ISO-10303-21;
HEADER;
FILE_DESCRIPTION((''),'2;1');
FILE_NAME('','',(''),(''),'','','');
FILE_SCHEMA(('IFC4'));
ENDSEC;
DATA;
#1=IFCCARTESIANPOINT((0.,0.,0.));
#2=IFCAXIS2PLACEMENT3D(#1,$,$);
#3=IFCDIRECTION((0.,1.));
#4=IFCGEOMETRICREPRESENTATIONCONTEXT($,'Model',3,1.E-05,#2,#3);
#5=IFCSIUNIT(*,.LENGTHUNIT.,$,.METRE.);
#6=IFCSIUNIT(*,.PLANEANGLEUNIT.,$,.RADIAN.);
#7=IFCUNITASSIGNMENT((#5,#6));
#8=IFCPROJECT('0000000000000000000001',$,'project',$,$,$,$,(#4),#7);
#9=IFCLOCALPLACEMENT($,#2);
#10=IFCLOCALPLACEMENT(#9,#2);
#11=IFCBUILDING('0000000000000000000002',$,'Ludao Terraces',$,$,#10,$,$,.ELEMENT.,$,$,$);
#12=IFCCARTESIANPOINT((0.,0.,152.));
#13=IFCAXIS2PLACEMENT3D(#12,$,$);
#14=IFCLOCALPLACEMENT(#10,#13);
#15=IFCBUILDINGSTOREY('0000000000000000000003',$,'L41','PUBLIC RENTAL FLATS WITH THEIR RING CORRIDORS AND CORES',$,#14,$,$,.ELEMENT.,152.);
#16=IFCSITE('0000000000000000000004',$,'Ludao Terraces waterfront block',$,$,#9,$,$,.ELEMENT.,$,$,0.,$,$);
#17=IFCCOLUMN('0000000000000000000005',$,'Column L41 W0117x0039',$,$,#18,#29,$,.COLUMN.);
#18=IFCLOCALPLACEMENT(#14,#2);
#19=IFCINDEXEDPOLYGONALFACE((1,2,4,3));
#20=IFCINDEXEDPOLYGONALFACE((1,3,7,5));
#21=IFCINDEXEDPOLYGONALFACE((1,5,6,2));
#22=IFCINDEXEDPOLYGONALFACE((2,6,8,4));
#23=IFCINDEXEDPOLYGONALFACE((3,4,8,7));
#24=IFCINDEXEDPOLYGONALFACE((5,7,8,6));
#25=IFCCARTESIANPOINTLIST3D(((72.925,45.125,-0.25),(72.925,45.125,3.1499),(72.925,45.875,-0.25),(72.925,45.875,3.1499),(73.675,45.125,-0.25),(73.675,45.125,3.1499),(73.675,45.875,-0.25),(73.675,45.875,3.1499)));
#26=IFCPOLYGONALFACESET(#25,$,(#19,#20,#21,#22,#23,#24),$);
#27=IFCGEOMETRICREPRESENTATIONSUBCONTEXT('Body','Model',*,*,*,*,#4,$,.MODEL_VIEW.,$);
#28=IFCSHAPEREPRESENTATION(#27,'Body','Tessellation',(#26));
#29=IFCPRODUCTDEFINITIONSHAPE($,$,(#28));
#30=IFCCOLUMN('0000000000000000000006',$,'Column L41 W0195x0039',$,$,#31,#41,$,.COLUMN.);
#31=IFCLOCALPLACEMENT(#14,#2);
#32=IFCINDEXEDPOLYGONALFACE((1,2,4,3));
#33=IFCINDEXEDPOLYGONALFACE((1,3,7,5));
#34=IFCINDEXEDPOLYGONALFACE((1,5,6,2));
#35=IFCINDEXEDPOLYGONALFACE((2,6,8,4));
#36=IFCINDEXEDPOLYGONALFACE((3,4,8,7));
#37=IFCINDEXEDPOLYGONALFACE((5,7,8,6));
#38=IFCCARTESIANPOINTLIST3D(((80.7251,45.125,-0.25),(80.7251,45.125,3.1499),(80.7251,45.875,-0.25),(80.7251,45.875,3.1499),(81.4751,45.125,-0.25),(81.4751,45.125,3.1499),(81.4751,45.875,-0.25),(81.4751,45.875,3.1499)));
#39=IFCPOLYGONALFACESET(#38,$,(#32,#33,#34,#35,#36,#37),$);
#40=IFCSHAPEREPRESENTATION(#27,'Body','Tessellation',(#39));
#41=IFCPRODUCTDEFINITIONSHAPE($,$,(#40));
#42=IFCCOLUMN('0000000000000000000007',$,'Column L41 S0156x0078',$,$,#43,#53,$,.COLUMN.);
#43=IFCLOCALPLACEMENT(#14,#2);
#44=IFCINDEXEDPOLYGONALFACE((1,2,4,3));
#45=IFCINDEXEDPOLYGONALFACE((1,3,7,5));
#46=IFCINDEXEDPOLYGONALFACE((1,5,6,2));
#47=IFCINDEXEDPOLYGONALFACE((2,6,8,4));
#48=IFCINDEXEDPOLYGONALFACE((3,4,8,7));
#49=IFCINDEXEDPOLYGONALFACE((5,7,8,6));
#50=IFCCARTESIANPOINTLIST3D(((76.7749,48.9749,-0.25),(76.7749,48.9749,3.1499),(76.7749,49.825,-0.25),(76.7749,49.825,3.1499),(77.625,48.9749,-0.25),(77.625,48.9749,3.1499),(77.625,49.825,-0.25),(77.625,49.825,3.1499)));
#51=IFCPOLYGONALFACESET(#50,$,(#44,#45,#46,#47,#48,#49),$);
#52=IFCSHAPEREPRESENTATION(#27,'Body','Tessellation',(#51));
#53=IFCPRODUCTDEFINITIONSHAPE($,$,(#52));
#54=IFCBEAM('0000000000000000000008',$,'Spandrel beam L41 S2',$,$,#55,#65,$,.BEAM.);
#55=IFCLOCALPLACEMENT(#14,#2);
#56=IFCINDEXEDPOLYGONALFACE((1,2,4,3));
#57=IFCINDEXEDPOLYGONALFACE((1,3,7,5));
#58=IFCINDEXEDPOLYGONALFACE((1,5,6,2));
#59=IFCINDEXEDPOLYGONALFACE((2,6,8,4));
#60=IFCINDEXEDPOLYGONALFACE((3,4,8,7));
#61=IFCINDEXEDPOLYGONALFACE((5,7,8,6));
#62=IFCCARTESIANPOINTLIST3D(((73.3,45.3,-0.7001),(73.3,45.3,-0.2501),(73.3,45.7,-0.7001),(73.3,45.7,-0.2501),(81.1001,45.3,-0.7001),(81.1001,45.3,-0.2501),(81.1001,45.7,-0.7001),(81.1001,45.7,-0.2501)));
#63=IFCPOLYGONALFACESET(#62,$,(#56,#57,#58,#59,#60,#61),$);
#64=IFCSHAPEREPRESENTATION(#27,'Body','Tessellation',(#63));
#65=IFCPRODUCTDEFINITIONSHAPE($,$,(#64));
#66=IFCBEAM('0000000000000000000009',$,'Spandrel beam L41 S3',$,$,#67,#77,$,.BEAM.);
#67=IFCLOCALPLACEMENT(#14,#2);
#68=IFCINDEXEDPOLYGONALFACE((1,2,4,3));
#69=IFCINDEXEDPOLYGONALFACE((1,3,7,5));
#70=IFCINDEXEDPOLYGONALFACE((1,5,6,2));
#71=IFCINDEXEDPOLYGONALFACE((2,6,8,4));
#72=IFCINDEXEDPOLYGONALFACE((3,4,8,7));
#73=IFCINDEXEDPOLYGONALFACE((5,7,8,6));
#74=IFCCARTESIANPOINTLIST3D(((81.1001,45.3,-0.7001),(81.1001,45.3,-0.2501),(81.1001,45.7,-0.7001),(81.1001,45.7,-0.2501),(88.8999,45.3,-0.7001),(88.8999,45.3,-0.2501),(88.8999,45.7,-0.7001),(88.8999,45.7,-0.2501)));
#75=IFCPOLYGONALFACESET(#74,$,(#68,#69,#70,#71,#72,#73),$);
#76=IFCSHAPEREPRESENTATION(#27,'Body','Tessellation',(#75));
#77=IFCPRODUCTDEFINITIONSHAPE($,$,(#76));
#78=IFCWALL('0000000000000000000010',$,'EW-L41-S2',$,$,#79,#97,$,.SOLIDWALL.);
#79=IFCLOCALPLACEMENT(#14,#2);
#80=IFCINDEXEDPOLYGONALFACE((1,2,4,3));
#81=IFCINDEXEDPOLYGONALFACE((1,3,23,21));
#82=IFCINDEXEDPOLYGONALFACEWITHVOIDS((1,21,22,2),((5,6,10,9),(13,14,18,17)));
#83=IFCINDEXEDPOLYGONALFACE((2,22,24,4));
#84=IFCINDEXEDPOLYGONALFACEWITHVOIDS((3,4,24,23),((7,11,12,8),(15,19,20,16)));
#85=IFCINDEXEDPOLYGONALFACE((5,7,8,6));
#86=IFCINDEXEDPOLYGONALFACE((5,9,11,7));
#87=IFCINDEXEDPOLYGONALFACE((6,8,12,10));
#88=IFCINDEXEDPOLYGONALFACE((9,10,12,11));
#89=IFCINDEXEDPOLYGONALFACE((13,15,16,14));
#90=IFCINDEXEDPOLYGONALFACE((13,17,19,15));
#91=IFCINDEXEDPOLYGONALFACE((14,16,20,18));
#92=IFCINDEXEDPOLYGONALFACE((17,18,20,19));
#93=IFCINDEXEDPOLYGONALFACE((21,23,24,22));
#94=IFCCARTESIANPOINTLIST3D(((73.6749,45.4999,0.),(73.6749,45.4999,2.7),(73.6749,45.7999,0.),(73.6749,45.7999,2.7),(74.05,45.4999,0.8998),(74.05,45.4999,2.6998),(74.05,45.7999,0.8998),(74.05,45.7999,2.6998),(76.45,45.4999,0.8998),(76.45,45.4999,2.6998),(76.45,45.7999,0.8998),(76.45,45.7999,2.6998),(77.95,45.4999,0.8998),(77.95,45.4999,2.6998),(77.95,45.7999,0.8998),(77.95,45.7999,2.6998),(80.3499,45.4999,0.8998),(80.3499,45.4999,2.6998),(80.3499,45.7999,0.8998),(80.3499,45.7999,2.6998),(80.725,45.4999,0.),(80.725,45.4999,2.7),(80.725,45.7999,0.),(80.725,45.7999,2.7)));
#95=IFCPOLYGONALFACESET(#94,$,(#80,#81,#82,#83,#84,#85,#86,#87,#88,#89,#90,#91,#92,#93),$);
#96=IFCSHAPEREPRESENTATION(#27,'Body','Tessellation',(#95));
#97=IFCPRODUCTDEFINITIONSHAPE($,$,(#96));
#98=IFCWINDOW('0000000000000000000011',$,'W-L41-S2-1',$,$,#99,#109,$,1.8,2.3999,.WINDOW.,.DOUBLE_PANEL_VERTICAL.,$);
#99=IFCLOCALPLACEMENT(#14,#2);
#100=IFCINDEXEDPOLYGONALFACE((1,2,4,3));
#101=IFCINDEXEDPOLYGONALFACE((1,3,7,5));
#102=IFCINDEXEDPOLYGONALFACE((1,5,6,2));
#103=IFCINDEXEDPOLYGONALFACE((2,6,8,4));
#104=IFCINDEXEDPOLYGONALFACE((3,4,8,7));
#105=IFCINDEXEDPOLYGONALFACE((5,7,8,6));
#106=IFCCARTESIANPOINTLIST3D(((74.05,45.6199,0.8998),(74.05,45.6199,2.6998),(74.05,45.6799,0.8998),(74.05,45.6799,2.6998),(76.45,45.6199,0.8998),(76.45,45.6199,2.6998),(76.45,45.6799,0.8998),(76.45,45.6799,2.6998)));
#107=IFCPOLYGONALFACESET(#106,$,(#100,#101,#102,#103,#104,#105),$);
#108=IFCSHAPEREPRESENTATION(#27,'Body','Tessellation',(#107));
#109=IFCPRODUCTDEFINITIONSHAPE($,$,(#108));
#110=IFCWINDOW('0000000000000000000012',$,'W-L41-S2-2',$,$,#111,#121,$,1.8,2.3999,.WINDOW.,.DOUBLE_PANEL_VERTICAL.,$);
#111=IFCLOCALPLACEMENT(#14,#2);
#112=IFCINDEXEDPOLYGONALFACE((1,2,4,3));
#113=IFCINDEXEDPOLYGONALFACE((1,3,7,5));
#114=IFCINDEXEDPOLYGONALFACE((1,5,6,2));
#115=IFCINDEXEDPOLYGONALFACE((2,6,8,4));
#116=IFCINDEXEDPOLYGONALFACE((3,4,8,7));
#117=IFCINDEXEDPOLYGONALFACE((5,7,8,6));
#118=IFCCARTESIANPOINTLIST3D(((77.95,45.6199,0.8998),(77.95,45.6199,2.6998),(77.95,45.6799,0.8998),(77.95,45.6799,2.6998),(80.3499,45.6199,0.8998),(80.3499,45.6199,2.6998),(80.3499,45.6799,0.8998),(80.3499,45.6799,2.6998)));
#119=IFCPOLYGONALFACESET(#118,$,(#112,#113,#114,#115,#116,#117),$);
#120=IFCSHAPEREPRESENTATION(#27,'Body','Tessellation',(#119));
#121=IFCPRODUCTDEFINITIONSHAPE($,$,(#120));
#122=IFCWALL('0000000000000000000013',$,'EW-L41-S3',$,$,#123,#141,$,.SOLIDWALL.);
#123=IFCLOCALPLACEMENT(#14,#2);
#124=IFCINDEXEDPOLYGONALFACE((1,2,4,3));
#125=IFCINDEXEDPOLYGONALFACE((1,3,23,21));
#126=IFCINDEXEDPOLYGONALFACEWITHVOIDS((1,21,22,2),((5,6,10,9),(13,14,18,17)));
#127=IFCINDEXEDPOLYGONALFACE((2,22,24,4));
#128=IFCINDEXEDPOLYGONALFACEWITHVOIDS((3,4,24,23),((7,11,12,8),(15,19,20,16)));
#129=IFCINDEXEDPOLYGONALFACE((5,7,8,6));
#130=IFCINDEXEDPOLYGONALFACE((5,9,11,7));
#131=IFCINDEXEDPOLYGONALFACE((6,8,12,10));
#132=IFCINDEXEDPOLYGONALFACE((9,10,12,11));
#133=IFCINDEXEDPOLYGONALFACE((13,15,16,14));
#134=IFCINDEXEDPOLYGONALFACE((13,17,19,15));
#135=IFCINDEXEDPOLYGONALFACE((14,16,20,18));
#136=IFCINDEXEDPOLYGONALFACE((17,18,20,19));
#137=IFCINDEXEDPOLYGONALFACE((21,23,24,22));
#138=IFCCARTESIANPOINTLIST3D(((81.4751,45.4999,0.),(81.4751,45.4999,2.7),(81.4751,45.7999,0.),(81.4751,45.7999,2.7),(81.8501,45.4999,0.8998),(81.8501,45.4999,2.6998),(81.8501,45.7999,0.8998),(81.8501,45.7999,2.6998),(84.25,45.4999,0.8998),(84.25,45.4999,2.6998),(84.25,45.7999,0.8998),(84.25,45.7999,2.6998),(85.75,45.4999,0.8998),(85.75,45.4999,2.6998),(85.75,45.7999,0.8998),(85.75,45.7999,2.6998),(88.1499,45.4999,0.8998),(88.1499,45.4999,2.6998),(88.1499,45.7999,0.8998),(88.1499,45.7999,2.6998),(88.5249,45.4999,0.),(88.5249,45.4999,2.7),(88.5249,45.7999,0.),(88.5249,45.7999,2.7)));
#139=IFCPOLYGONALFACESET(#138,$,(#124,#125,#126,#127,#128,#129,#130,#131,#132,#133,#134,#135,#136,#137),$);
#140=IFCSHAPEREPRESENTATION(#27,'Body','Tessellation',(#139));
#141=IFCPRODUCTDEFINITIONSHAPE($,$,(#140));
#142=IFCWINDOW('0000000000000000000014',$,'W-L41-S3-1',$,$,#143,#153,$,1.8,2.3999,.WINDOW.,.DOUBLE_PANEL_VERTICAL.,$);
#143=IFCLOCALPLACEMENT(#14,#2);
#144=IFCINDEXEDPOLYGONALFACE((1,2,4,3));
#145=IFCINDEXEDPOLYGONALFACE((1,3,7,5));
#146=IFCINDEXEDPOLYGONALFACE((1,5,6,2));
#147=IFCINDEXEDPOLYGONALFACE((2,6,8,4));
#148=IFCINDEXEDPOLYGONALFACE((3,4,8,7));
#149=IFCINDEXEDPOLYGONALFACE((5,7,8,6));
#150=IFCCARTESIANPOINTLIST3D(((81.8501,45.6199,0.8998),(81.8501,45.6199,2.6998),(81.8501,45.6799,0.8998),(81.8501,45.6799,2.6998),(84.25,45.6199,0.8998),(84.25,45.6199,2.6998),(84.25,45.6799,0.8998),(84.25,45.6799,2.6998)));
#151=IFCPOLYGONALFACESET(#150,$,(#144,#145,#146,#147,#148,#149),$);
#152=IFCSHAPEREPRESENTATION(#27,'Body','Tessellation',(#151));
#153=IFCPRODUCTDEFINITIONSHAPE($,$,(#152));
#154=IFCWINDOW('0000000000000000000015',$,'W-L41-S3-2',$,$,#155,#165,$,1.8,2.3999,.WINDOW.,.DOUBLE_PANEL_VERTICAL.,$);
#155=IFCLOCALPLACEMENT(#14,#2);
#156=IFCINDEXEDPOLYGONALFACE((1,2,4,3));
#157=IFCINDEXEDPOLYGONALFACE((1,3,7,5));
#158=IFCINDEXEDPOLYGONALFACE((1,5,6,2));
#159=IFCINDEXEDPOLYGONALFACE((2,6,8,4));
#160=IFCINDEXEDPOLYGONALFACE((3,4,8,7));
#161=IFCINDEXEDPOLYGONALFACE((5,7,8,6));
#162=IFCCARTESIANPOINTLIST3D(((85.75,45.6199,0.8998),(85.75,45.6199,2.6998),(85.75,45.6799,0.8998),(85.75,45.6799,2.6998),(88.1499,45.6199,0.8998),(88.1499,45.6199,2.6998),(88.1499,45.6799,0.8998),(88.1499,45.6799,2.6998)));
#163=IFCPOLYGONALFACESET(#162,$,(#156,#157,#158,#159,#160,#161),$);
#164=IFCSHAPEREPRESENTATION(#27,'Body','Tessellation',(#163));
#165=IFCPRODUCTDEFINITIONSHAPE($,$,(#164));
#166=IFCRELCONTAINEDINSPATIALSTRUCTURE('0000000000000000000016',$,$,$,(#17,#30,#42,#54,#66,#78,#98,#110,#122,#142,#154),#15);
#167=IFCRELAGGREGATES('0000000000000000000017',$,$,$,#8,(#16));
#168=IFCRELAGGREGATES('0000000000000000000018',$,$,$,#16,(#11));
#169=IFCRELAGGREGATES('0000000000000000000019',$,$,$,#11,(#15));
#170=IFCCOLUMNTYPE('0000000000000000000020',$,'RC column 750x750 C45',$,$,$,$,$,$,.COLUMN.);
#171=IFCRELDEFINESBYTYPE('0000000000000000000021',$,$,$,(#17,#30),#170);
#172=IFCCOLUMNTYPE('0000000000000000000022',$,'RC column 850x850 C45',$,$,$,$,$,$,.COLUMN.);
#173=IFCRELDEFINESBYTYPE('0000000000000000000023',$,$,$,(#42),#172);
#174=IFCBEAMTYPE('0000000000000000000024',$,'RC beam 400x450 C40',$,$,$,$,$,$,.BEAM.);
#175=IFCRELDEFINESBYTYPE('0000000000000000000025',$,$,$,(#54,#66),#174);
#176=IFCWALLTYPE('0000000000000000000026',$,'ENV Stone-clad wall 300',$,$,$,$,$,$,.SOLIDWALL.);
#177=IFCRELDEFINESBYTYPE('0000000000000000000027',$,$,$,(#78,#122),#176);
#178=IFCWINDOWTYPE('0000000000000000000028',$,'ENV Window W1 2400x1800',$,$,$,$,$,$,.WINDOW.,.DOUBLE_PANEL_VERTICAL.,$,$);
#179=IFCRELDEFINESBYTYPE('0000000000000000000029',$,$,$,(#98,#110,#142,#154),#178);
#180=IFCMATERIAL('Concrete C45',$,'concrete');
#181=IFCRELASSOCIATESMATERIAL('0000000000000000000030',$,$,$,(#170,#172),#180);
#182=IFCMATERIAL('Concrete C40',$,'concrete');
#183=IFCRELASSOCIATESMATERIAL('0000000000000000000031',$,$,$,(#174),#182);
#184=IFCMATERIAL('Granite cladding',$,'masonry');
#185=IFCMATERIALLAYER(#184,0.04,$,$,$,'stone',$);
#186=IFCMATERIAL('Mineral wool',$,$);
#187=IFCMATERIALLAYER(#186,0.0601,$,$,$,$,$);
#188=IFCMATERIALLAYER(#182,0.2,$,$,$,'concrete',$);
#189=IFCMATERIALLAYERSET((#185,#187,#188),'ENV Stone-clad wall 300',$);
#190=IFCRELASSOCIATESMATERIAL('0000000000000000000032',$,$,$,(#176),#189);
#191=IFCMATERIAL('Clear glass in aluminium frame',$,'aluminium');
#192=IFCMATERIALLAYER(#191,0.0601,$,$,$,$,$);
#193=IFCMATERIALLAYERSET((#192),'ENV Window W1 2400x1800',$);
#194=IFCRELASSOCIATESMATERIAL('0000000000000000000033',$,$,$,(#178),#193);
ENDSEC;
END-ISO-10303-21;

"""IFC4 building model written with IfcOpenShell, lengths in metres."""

from ifc_helpers import new_model, si_unit, direction, frame, frame_2d, origin, origin_2d, place, context, subcontext, project, spatial, rectangle, extrude, material, layer, layer_set, material_profile, profile_set, type_object, element, fill, save


model = new_model("IFC4")

# Units and contexts
model_context = context("Model", 3, precision=1e-05, world=origin(), true_north=direction((0.0, 1.0)))
body_context = subcontext(model_context, "Body", "Model", "MODEL_VIEW")
ifc_project = project(units=[si_unit("LENGTHUNIT", "METRE"), si_unit("PLANEANGLEUNIT", "RADIAN")], contexts=[model_context])

# Site, building, storey
site_placement = place(None, origin())
site = spatial("IfcSite", under=ifc_project, at=site_placement, Name="Ludao Terraces waterfront block", CompositionType="ELEMENT", RefElevation=0.0)
building_placement = place(site_placement, origin())
building = spatial("IfcBuilding", under=site, at=building_placement, Name="Ludao Terraces", CompositionType="ELEMENT")
storey_placement = place(building_placement, frame((0.0, 0.0, 152.0)))
storey = spatial("IfcBuildingStorey", under=building, at=storey_placement, Name="L41", Description="PUBLIC RENTAL FLATS WITH THEIR RING CORRIDORS AND CORES", CompositionType="ELEMENT", Elevation=152.0)

# Columns
ifc_material_1 = material(Name="Concrete C45", Category="concrete")
ifc_material_profile_1 = material_profile(ifc_material_1, rectangle(XDim=0.75, YDim=0.75, at=origin_2d()), Name="750 X 750")
ifc_profile_set_1 = profile_set([ifc_material_profile_1], Name="Concrete C45")
column_type_1 = type_object("IfcColumnType", Name="RC column 750x750 C45", PredefinedType="COLUMN", material=ifc_profile_set_1)
for number, where, z_axis, x_axis, name in (
    (1, (73.3, 45.5, -0.25), (0.0, 0.0, 1.0), (1.0, 0.0, 0.0), "Column L41 W0117x0039"),
    (2, (81.1001, 45.5, -0.25), (0.0, 0.0, 1.0), (1.0, 0.0, 0.0), "Column L41 W0195x0039"),
):
    element("IfcColumn", number, at=place(storey_placement, frame(where, z_axis=z_axis, x_axis=x_axis)), inside=storey, type_object=column_type_1, Name=name, PredefinedType="COLUMN", context=body_context, shape_type="SweptSolid", body=[
        extrude(rectangle(XDim=0.75, YDim=0.75, at=origin_2d()), origin(), (0.0, 0.0, 1.0), 3.3999),
    ])
ifc_material_profile_2 = material_profile(ifc_material_1, rectangle(XDim=0.8501, YDim=0.8501, at=origin_2d()), Name="850 X 850")
ifc_profile_set_2 = profile_set([ifc_material_profile_2], Name="Concrete C45")
column_type_2 = type_object("IfcColumnType", Name="RC column 850x850 C45", PredefinedType="COLUMN", material=ifc_profile_set_2)
column_placement = place(storey_placement, frame((77.2, 49.3999, -0.25), z_axis=(0.0, 0.0, 1.0), x_axis=(1.0, 0.0, 0.0)))
element("IfcColumn", 3, at=column_placement, inside=storey, type_object=column_type_2, Name="Column L41 S0156x0078", PredefinedType="COLUMN", context=body_context, shape_type="SweptSolid", body=[
    extrude(rectangle(XDim=0.8501, YDim=0.8501, at=origin_2d()), origin(), (0.0, 0.0, 1.0), 3.3999),
])

# Beams
ifc_material_2 = material(Name="Concrete C40", Category="concrete")
ifc_material_profile_3 = material_profile(ifc_material_2, rectangle(XDim=0.3999, YDim=0.45, at=origin_2d()), Name="400 X 450")
ifc_profile_set_3 = profile_set([ifc_material_profile_3], Name="Concrete C40")
beam_type = type_object("IfcBeamType", Name="RC beam 400x450 C40", PredefinedType="BEAM", material=ifc_profile_set_3)
beam_1_placement = place(storey_placement, frame((73.3, 45.5, -0.4751), z_axis=(1.0, 0.0, 0.0), x_axis=(0.0, 1.0, 0.0)))
element("IfcBeam", 4, at=beam_1_placement, inside=storey, type_object=beam_type, Name="Spandrel beam L41 S2", PredefinedType="BEAM", context=body_context, shape_type="SweptSolid", body=[
    extrude(rectangle(XDim=0.3999, YDim=0.45, at=origin_2d()), origin(), (0.0, 0.0, 1.0), 7.8),
])
beam_2_placement = place(storey_placement, frame((81.1001, 45.5, -0.4751), z_axis=(1.0, 0.0, 0.0), x_axis=(0.0, 1.0, 0.0)))
element("IfcBeam", 5, at=beam_2_placement, inside=storey, type_object=beam_type, Name="Spandrel beam L41 S3", PredefinedType="BEAM", context=body_context, shape_type="SweptSolid", body=[
    extrude(rectangle(XDim=0.3999, YDim=0.45, at=origin_2d()), origin(), (0.0, 0.0, 1.0), 7.7998),
])

# Walls, openings, windows
ifc_material_3 = material(Name="Granite cladding", Category="masonry")
ifc_layer_1 = layer(ifc_material_3, 0.04, Category="stone")
ifc_material_4 = material(Name="Mineral wool")
ifc_layer_2 = layer(ifc_material_4, 0.0601)
ifc_layer_3 = layer(ifc_material_2, 0.2, Category="concrete")
ifc_layer_set_1 = layer_set([ifc_layer_1, ifc_layer_2, ifc_layer_3], Name="ENV Stone-clad wall 300")
wall_type_1 = type_object("IfcWallType", Name="ENV Stone-clad wall 300", PredefinedType="SOLIDWALL", material=ifc_layer_set_1)
wall_1_placement = place(storey_placement, frame((73.675, 45.6499, 0.0), z_axis=(0.0, 0.0, 1.0), x_axis=(1.0, 0.0, 0.0)))
wall_1 = element("IfcWall", 6, at=wall_1_placement, inside=storey, type_object=wall_type_1, Name="EW-L41-S2", PredefinedType="SOLIDWALL", context=body_context, shape_type="SweptSolid", body=[
    extrude(rectangle(XDim=7.05, YDim=0.3, at=frame_2d((3.5249, 0.0))), origin(), (0.0, 0.0, 1.0), 2.7),
])
opening_1_placement = place(wall_1_placement, frame((0.375, 0.0, 0.8999)))
opening_1 = element("IfcOpeningElement", 7, at=opening_1_placement, cuts=wall_1, PredefinedType="OPENING", context=body_context, shape_type="SweptSolid", body=[
    extrude(rectangle(XDim=2.3999, YDim=1.8, at=frame_2d((1.2, 0.8999))), frame((0.0, 0.1602, 0.0), z_axis=(0.0, -1.0, 0.0), x_axis=(1.0, 0.0, 0.0)), (0.0, 0.0, 1.0), 0.3201),
])
opening_2_placement = place(wall_1_placement, frame((4.2749, 0.0, 0.8999)))
opening_2 = element("IfcOpeningElement", 8, at=opening_2_placement, cuts=wall_1, PredefinedType="OPENING", context=body_context, shape_type="SweptSolid", body=[
    extrude(rectangle(XDim=2.3999, YDim=1.8, at=frame_2d((1.2, 0.8999))), frame((0.0, 0.1602, 0.0), z_axis=(0.0, -1.0, 0.0), x_axis=(1.0, 0.0, 0.0)), (0.0, 0.0, 1.0), 0.3201),
])
ifc_material_5 = material(Name="Clear glass in aluminium frame", Category="aluminium")
ifc_layer_4 = layer(ifc_material_5, 0.0601)
ifc_layer_set_2 = layer_set([ifc_layer_4], Name="ENV Window W1 2400x1800")
window_type = type_object("IfcWindowType", Name="ENV Window W1 2400x1800", PartitioningType="DOUBLE_PANEL_VERTICAL", PredefinedType="WINDOW", material=ifc_layer_set_2)
window_1_placement = place(opening_1_placement, origin())
window_1 = element("IfcWindow", 9, at=window_1_placement, inside=storey, type_object=window_type, Name="W-L41-S2-1", OverallHeight=1.8, OverallWidth=2.3999, PartitioningType="DOUBLE_PANEL_VERTICAL", PredefinedType="WINDOW", context=body_context, shape_type="SweptSolid", body=[
    extrude(rectangle(XDim=2.3999, YDim=1.8, at=frame_2d((1.2, 0.8999))), frame((0.0, 0.03, 0.0), z_axis=(0.0, -1.0, 0.0), x_axis=(1.0, 0.0, 0.0)), (0.0, 0.0, 1.0), 0.0601),
])
fill(opening_1, window_1)
window_2_placement = place(opening_2_placement, origin())
window_2 = element("IfcWindow", 10, at=window_2_placement, inside=storey, type_object=window_type, Name="W-L41-S2-2", OverallHeight=1.8, OverallWidth=2.3999, PartitioningType="DOUBLE_PANEL_VERTICAL", PredefinedType="WINDOW", context=body_context, shape_type="SweptSolid", body=[
    extrude(rectangle(XDim=2.3999, YDim=1.8, at=frame_2d((1.2, 0.8999))), frame((0.0, 0.03, 0.0), z_axis=(0.0, -1.0, 0.0), x_axis=(1.0, 0.0, 0.0)), (0.0, 0.0, 1.0), 0.0601),
])
fill(opening_2, window_2)
wall_2_placement = place(storey_placement, frame((81.4751, 45.6499, 0.0), z_axis=(0.0, 0.0, 1.0), x_axis=(1.0, 0.0, 0.0)))
wall_2 = element("IfcWall", 11, at=wall_2_placement, inside=storey, type_object=wall_type_1, Name="EW-L41-S3", PredefinedType="SOLIDWALL", context=body_context, shape_type="SweptSolid", body=[
    extrude(rectangle(XDim=7.0498, YDim=0.3, at=frame_2d((3.5249, 0.0))), origin(), (0.0, 0.0, 1.0), 2.7),
])
opening_3_placement = place(wall_2_placement, frame((0.375, 0.0, 0.8999)))
opening_3 = element("IfcOpeningElement", 12, at=opening_3_placement, cuts=wall_2, PredefinedType="OPENING", context=body_context, shape_type="SweptSolid", body=[
    extrude(rectangle(XDim=2.3999, YDim=1.8, at=frame_2d((1.2, 0.8999))), frame((0.0, 0.1602, 0.0), z_axis=(0.0, -1.0, 0.0), x_axis=(1.0, 0.0, 0.0)), (0.0, 0.0, 1.0), 0.3201),
])
opening_4_placement = place(wall_2_placement, frame((4.2749, 0.0, 0.8999)))
opening_4 = element("IfcOpeningElement", 13, at=opening_4_placement, cuts=wall_2, PredefinedType="OPENING", context=body_context, shape_type="SweptSolid", body=[
    extrude(rectangle(XDim=2.3999, YDim=1.8, at=frame_2d((1.2, 0.8999))), frame((0.0, 0.1602, 0.0), z_axis=(0.0, -1.0, 0.0), x_axis=(1.0, 0.0, 0.0)), (0.0, 0.0, 1.0), 0.3201),
])
window_3_placement = place(opening_3_placement, origin())
window_3 = element("IfcWindow", 14, at=window_3_placement, inside=storey, type_object=window_type, Name="W-L41-S3-1", OverallHeight=1.8, OverallWidth=2.3999, PartitioningType="DOUBLE_PANEL_VERTICAL", PredefinedType="WINDOW", context=body_context, shape_type="SweptSolid", body=[
    extrude(rectangle(XDim=2.3999, YDim=1.8, at=frame_2d((1.2, 0.8999))), frame((0.0, 0.03, 0.0), z_axis=(0.0, -1.0, 0.0), x_axis=(1.0, 0.0, 0.0)), (0.0, 0.0, 1.0), 0.0601),
])
fill(opening_3, window_3)
window_4_placement = place(opening_4_placement, origin())
window_4 = element("IfcWindow", 15, at=window_4_placement, inside=storey, type_object=window_type, Name="W-L41-S3-2", OverallHeight=1.8, OverallWidth=2.3999, PartitioningType="DOUBLE_PANEL_VERTICAL", PredefinedType="WINDOW", context=body_context, shape_type="SweptSolid", body=[
    extrude(rectangle(XDim=2.3999, YDim=1.8, at=frame_2d((1.2, 0.8999))), frame((0.0, 0.03, 0.0), z_axis=(0.0, -1.0, 0.0), x_axis=(1.0, 0.0, 0.0)), (0.0, 0.0, 1.0), 0.0601),
])
fill(opening_4, window_4)

save(model, "model.ifc")
